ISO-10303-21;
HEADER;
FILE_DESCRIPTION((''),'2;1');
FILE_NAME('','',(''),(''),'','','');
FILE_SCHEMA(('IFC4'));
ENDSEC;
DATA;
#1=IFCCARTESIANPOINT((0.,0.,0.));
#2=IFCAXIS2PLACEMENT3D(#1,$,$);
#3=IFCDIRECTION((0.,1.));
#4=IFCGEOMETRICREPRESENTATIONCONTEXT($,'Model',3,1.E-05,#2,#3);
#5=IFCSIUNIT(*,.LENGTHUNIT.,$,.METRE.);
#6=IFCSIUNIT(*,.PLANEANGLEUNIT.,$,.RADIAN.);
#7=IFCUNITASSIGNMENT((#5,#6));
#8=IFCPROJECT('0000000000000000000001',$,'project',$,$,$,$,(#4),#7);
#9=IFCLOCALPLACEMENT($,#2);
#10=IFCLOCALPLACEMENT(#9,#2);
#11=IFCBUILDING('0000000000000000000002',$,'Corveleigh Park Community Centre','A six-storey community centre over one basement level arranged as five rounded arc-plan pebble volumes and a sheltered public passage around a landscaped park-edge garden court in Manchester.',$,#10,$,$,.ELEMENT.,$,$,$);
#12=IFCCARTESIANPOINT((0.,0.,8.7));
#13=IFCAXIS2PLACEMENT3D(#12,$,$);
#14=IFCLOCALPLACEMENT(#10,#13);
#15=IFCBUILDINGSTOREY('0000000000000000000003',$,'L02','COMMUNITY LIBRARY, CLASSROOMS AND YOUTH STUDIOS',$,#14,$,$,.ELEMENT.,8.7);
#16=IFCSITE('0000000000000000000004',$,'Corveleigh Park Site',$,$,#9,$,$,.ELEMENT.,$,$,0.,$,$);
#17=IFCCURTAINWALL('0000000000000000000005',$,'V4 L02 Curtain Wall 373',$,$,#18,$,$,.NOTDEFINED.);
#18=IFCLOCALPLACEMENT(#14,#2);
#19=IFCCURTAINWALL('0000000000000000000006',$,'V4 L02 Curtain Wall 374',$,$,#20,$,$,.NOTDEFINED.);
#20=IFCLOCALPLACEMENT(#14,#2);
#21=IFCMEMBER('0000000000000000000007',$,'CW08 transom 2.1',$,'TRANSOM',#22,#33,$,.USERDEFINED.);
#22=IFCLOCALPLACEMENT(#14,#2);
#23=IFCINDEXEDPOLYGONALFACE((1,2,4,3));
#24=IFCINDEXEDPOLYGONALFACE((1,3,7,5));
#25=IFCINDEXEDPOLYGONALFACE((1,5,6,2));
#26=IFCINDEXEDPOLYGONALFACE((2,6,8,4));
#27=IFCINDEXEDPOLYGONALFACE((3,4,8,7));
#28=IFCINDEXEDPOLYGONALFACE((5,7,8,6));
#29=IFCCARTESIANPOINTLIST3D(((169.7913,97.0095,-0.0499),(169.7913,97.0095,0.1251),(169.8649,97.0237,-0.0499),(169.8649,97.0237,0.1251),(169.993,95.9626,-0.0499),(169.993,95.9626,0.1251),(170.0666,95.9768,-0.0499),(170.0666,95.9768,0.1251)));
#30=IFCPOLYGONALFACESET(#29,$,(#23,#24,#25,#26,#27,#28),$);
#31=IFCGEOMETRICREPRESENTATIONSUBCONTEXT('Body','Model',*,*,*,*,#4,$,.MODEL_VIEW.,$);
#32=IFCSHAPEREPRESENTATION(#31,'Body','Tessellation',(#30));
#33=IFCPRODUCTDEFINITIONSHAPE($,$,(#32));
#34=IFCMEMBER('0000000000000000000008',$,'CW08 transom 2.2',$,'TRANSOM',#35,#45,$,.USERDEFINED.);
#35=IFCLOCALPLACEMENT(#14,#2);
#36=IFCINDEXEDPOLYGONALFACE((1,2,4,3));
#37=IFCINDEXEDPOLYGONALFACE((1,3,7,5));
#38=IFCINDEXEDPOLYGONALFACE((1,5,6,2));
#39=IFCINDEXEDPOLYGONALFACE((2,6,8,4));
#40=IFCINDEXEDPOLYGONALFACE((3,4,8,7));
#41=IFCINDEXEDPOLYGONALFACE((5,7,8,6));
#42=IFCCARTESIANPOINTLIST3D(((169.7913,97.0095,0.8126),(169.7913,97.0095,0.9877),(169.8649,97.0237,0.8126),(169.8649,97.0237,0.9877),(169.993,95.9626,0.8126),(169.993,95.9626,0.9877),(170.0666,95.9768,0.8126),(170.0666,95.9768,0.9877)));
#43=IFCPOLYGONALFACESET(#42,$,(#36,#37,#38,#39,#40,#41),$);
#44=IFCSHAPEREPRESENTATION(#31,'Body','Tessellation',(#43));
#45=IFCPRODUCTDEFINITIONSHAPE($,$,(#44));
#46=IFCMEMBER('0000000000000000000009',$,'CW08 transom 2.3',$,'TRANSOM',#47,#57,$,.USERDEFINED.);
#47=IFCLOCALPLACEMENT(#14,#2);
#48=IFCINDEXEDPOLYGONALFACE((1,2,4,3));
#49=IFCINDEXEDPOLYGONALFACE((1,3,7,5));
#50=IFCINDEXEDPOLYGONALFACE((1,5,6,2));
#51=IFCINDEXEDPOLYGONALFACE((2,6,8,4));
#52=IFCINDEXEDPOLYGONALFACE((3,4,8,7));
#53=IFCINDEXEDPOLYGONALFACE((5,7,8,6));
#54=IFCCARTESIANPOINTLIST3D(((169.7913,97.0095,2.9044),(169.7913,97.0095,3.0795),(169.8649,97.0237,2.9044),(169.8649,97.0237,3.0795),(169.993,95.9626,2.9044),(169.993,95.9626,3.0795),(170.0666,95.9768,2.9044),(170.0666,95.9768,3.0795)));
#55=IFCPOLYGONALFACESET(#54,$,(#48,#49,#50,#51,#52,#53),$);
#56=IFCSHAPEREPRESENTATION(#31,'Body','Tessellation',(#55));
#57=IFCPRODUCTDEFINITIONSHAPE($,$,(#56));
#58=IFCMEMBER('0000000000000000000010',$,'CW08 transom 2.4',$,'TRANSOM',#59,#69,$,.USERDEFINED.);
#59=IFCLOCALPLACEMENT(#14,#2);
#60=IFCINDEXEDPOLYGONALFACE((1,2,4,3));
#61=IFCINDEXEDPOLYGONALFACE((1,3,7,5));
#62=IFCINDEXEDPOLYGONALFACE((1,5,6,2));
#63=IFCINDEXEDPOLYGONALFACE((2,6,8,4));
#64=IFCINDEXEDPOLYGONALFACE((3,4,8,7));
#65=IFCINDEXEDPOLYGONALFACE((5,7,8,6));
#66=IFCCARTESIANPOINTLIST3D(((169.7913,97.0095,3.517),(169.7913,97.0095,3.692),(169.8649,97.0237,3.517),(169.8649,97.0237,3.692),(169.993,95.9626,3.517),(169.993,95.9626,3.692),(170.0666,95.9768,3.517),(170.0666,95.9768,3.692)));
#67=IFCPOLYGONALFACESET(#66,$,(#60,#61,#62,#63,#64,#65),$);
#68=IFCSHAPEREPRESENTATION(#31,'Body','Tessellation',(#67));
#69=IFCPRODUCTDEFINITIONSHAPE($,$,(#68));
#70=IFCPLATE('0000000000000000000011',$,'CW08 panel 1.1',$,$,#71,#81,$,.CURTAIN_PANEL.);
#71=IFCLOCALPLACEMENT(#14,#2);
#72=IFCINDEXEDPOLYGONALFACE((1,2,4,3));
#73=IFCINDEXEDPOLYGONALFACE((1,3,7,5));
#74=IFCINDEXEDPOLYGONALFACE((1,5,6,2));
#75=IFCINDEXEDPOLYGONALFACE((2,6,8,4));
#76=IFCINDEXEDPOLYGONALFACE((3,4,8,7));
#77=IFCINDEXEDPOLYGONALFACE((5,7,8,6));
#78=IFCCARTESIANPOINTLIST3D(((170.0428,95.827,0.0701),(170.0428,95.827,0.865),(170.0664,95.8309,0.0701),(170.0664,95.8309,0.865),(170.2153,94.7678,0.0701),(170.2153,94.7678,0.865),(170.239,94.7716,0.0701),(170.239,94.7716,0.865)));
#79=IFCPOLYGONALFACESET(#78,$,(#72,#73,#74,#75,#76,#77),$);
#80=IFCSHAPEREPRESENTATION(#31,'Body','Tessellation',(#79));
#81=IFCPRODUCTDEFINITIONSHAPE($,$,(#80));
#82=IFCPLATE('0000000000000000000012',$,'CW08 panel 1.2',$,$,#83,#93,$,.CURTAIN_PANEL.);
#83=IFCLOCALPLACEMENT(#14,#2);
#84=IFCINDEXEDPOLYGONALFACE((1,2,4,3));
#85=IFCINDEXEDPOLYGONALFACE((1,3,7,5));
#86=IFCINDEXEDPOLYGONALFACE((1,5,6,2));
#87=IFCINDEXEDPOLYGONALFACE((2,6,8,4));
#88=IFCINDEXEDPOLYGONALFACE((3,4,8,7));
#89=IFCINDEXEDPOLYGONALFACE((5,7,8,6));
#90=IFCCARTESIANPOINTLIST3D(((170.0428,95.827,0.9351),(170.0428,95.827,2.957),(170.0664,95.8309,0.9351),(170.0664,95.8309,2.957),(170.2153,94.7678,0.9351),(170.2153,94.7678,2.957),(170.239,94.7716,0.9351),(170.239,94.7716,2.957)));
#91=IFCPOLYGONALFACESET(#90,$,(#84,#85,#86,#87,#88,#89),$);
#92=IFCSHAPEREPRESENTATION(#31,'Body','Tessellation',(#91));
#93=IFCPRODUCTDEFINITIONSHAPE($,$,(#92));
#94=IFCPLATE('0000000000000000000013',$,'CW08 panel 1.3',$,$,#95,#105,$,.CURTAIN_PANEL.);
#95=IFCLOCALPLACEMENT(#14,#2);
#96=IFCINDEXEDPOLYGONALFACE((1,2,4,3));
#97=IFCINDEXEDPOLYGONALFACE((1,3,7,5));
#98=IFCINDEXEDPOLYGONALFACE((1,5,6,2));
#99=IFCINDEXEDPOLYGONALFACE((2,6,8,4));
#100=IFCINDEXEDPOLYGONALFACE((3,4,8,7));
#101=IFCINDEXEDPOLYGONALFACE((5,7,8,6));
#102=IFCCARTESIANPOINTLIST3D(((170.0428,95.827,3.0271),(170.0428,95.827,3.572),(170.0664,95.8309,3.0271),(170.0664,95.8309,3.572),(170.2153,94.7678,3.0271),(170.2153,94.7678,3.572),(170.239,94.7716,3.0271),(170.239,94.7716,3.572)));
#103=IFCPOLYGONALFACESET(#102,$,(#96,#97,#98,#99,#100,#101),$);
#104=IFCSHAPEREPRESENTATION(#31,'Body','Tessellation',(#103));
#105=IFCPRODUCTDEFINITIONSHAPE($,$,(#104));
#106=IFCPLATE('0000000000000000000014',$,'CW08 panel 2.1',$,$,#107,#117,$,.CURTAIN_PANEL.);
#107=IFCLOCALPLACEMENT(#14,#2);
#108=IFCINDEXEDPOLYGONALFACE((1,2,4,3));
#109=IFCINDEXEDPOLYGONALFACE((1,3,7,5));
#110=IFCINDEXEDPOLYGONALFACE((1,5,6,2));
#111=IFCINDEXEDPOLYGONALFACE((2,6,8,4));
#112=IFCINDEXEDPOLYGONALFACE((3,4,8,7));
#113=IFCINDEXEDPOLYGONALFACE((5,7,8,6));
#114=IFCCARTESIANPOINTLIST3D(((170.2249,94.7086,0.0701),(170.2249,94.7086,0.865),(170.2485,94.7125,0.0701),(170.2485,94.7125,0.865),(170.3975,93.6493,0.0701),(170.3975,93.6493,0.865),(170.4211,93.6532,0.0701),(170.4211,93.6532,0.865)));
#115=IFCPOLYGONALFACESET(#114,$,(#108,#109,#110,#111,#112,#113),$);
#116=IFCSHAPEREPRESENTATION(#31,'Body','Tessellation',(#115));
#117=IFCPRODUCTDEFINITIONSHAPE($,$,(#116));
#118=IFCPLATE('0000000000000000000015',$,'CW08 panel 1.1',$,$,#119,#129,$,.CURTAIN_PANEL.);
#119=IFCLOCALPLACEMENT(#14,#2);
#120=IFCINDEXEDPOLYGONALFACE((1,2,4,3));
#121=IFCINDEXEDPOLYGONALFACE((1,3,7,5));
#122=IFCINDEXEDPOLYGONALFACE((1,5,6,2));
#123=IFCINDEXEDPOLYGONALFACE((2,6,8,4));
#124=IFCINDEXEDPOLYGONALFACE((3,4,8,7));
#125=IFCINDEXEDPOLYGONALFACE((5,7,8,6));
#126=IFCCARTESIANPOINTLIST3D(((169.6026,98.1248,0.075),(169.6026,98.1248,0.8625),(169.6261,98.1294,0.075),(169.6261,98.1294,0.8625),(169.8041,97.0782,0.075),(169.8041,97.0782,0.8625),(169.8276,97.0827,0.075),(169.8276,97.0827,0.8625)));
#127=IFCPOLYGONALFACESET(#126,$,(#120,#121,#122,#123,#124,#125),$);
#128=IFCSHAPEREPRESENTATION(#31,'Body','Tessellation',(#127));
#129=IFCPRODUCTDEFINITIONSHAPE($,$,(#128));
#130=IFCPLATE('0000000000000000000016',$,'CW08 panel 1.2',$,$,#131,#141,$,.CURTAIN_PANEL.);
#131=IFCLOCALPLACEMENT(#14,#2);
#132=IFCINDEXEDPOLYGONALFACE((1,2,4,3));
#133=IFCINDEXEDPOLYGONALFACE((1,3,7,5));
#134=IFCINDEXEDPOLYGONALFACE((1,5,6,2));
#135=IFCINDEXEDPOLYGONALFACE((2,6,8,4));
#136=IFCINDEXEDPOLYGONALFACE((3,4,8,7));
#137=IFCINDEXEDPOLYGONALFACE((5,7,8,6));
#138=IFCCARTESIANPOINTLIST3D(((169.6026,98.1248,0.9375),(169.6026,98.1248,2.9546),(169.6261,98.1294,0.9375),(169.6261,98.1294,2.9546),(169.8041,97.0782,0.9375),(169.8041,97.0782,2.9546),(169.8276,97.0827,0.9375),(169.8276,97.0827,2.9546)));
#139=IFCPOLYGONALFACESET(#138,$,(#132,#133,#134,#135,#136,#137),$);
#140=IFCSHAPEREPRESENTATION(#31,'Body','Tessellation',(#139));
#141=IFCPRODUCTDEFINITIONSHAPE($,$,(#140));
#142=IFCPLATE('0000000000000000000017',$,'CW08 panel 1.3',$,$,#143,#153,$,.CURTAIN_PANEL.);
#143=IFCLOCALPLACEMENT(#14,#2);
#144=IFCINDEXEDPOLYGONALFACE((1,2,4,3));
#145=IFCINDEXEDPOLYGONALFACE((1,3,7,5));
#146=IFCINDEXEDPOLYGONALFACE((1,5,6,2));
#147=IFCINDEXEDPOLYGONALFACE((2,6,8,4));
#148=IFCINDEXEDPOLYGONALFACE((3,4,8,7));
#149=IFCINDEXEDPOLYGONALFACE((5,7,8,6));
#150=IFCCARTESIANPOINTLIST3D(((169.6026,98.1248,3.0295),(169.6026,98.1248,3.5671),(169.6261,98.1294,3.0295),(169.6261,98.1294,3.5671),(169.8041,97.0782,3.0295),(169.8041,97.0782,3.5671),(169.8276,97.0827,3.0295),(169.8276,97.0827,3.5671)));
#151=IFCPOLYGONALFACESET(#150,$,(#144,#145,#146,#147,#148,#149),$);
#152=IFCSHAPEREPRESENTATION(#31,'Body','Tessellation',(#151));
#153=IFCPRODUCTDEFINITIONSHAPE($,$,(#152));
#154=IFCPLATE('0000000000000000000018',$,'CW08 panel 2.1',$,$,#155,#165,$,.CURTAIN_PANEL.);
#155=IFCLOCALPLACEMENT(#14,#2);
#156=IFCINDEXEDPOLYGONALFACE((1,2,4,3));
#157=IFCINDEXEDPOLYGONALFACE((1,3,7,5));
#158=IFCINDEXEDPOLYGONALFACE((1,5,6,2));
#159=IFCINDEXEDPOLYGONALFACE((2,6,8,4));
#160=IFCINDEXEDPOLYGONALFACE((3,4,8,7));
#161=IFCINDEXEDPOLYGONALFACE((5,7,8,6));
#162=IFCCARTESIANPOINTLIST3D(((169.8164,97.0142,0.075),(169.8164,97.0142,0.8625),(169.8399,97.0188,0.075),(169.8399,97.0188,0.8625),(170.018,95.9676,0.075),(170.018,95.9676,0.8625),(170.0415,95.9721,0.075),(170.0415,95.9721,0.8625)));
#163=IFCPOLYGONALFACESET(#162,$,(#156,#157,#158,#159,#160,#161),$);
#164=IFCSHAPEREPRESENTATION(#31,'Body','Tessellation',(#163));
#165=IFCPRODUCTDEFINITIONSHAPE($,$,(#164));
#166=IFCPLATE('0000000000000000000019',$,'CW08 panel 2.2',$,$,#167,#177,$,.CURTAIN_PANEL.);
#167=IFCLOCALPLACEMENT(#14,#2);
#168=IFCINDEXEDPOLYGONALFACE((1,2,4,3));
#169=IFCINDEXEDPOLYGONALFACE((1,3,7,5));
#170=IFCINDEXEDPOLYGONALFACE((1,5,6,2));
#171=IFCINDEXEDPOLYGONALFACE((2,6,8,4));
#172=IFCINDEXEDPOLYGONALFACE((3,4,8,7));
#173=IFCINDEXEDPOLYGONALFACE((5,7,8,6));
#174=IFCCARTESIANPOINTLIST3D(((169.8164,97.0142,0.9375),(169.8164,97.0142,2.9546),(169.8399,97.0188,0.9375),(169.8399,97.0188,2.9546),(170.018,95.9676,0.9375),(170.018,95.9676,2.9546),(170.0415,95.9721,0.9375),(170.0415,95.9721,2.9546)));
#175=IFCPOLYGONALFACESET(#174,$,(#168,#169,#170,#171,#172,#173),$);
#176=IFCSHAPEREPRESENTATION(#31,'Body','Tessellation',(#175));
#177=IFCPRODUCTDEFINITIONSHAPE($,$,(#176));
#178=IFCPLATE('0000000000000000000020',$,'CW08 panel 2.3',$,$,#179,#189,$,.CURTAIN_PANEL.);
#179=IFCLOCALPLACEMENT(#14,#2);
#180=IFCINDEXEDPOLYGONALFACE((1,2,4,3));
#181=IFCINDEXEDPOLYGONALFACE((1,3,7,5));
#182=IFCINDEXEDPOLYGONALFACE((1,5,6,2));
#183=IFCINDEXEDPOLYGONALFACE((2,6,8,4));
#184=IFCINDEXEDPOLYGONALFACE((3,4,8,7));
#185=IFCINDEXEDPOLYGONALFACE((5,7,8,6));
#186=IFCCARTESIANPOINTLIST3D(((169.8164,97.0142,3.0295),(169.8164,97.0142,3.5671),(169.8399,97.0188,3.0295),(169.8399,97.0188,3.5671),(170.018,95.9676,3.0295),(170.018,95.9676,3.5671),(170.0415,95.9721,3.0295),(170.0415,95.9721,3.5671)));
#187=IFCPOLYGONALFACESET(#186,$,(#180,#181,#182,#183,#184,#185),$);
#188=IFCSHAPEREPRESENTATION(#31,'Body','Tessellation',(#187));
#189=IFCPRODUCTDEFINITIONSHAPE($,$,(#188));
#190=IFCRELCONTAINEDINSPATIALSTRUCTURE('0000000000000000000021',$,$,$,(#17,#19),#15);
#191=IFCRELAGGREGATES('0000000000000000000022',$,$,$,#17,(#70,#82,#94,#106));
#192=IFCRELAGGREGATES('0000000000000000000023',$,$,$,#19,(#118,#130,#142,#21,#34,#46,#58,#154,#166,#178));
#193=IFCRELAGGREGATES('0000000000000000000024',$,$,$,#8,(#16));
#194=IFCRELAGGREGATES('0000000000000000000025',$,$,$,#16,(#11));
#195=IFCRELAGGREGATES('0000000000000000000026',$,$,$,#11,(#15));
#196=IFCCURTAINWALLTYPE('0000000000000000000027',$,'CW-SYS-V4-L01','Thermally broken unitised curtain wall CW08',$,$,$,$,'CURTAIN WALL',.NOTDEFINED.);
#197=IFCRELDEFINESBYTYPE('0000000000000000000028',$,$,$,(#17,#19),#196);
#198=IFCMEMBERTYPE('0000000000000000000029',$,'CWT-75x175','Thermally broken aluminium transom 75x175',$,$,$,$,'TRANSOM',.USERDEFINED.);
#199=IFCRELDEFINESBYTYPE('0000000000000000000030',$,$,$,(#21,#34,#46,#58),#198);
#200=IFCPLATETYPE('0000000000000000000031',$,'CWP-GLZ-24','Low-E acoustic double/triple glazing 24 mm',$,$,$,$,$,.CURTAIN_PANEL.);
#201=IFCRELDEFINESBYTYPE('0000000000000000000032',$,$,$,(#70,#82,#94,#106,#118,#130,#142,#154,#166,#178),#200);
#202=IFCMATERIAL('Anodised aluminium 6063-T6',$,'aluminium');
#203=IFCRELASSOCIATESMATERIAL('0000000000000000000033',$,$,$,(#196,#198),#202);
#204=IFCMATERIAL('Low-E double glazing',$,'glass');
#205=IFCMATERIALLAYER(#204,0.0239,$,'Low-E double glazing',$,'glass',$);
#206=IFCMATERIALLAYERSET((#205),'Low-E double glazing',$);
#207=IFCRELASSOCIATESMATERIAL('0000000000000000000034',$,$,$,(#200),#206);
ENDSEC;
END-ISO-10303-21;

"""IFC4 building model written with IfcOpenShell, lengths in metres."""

from ifc_helpers import new_model, si_unit, direction, frame, origin, origin_2d, place, context, subcontext, project, spatial, rectangle, extrude, material, layer, layer_set, material_profile, profile_set, type_object, element, aggregate, save


model = new_model("IFC4")

# Units and contexts
model_context = context("Model", 3, precision=1e-05, world=origin(), true_north=direction((0.0, 1.0)))
body_context = subcontext(model_context, "Body", "Model", "MODEL_VIEW")
ifc_project = project(units=[si_unit("LENGTHUNIT", "METRE"), si_unit("PLANEANGLEUNIT", "RADIAN")], contexts=[model_context])

# Site, building, storey
site_placement = place(None, origin())
site = spatial("IfcSite", under=ifc_project, at=site_placement, Name="Corveleigh Park Site", CompositionType="ELEMENT", RefElevation=0.0)
building_placement = place(site_placement, origin())
building = spatial("IfcBuilding", under=site, at=building_placement, Name="Corveleigh Park Community Centre", Description="A six-storey community centre over one basement level arranged as five rounded arc-plan pebble volumes and a sheltered public passage around a landscaped park-edge garden court in Manchester.", CompositionType="ELEMENT")
storey_placement = place(building_placement, frame((0.0, 0.0, 8.7)))
storey = spatial("IfcBuildingStorey", under=building, at=storey_placement, Name="L02", Description="COMMUNITY LIBRARY, CLASSROOMS AND YOUTH STUDIOS", CompositionType="ELEMENT", Elevation=8.7)

# Curtain walls
ifc_material_1 = material(Name="Anodised aluminium 6063-T6", Category="aluminium")
curtain_wall_type = type_object("IfcCurtainWallType", Name="CW-SYS-V4-L01", Description="Thermally broken unitised curtain wall CW08", ElementType="CURTAIN WALL", PredefinedType="NOTDEFINED", material=ifc_material_1)
curtain_wall_1_placement = place(storey_placement, origin())
curtain_wall_1 = element("IfcCurtainWall", 1, at=curtain_wall_1_placement, inside=storey, type_object=curtain_wall_type, Name="V4 L02 Curtain Wall 373", PredefinedType="NOTDEFINED")
curtain_wall_2_placement = place(storey_placement, origin())
curtain_wall_2 = element("IfcCurtainWall", 2, at=curtain_wall_2_placement, inside=storey, type_object=curtain_wall_type, Name="V4 L02 Curtain Wall 374", PredefinedType="NOTDEFINED")

# Members
ifc_material_profile_1 = material_profile(ifc_material_1, rectangle(XDim=0.075, YDim=0.175, at=origin_2d()), Name="ALU-T75x175", Category="aluminium")
ifc_profile_set_1 = profile_set([ifc_material_profile_1], Name="Anodised aluminium 6063-T6")
member_type_1 = type_object("IfcMemberType", Name="CWT-75x175", Description="Thermally broken aluminium transom 75x175", ElementType="TRANSOM", PredefinedType="USERDEFINED", material=ifc_profile_set_1)
member_1_placement = place(storey_placement, frame((169.8281, 97.0166, 0.0376), z_axis=(0.189153, -0.981948, 0.0), x_axis=(0.981948, 0.189153, 0.0)))
member_1 = element("IfcMember", 3, at=member_1_placement, type_object=member_type_1, Name="CW08 transom 2.1", ObjectType="TRANSOM", PredefinedType="USERDEFINED", context=body_context, shape_type="SweptSolid", body=[
    extrude(rectangle(XDim=0.075, YDim=0.175, at=origin_2d()), origin(), (0.0, 0.0, 1.0), 1.0662),
])
member_2_placement = place(storey_placement, frame((169.8281, 97.0166, 0.9001), z_axis=(0.189153, -0.981948, 0.0), x_axis=(0.981948, 0.189153, 0.0)))
member_2 = element("IfcMember", 4, at=member_2_placement, type_object=member_type_1, Name="CW08 transom 2.2", ObjectType="TRANSOM", PredefinedType="USERDEFINED", context=body_context, shape_type="SweptSolid", body=[
    extrude(rectangle(XDim=0.075, YDim=0.175, at=origin_2d()), origin(), (0.0, 0.0, 1.0), 1.0662),
])
member_3_placement = place(storey_placement, frame((169.8281, 97.0166, 2.9919), z_axis=(0.189153, -0.981948, 0.0), x_axis=(0.981948, 0.189153, 0.0)))
member_3 = element("IfcMember", 5, at=member_3_placement, type_object=member_type_1, Name="CW08 transom 2.3", ObjectType="TRANSOM", PredefinedType="USERDEFINED", context=body_context, shape_type="SweptSolid", body=[
    extrude(rectangle(XDim=0.075, YDim=0.175, at=origin_2d()), origin(), (0.0, 0.0, 1.0), 1.0662),
])
member_4_placement = place(storey_placement, frame((169.8281, 97.0166, 3.6045), z_axis=(0.189153, -0.981948, 0.0), x_axis=(0.981948, 0.189153, 0.0)))
member_4 = element("IfcMember", 6, at=member_4_placement, type_object=member_type_1, Name="CW08 transom 2.4", ObjectType="TRANSOM", PredefinedType="USERDEFINED", context=body_context, shape_type="SweptSolid", body=[
    extrude(rectangle(XDim=0.075, YDim=0.175, at=origin_2d()), origin(), (0.0, 0.0, 1.0), 1.0662),
])

# Plates
ifc_material_2 = material(Name="Low-E double glazing", Category="glass")
ifc_layer = layer(ifc_material_2, 0.0239, Name="Low-E double glazing", Category="glass")
ifc_layer_set = layer_set([ifc_layer], Name="Low-E double glazing")
plate_type = type_object("IfcPlateType", Name="CWP-GLZ-24", Description="Low-E acoustic double/triple glazing 24 mm", PredefinedType="CURTAIN_PANEL", material=ifc_layer_set)
plate_1_placement = place(storey_placement, frame((170.1409, 95.2993, 0.0701), z_axis=(0.0, 0.0, 1.0), x_axis=(0.160773, -0.986991, 0.0)))
plate_1 = element("IfcPlate", 7, at=plate_1_placement, type_object=plate_type, Name="CW08 panel 1.1", PredefinedType="CURTAIN_PANEL", context=body_context, shape_type="SweptSolid", body=[
    extrude(rectangle(XDim=1.0732, YDim=0.0239, at=origin_2d()), origin(), (0.0, 0.0, 1.0), 0.7949),
])
plate_2_placement = place(storey_placement, frame((170.1409, 95.2993, 0.9351), z_axis=(0.0, 0.0, 1.0), x_axis=(0.160773, -0.986991, 0.0)))
plate_2 = element("IfcPlate", 8, at=plate_2_placement, type_object=plate_type, Name="CW08 panel 1.2", PredefinedType="CURTAIN_PANEL", context=body_context, shape_type="SweptSolid", body=[
    extrude(rectangle(XDim=1.0732, YDim=0.0239, at=origin_2d()), origin(), (0.0, 0.0, 1.0), 2.022),
])
plate_3_placement = place(storey_placement, frame((170.1409, 95.2993, 3.0271), z_axis=(0.0, 0.0, 1.0), x_axis=(0.160773, -0.986991, 0.0)))
plate_3 = element("IfcPlate", 9, at=plate_3_placement, type_object=plate_type, Name="CW08 panel 1.3", PredefinedType="CURTAIN_PANEL", context=body_context, shape_type="SweptSolid", body=[
    extrude(rectangle(XDim=1.0732, YDim=0.0239, at=origin_2d()), origin(), (0.0, 0.0, 1.0), 0.5449),
])
plate_4_placement = place(storey_placement, frame((170.323, 94.1809, 0.0701), z_axis=(0.0, 0.0, 1.0), x_axis=(0.160773, -0.986991, 0.0)))
plate_4 = element("IfcPlate", 10, at=plate_4_placement, type_object=plate_type, Name="CW08 panel 2.1", PredefinedType="CURTAIN_PANEL", context=body_context, shape_type="SweptSolid", body=[
    extrude(rectangle(XDim=1.0732, YDim=0.0239, at=origin_2d()), origin(), (0.0, 0.0, 1.0), 0.7949),
])
aggregate(curtain_wall_1, [plate_1, plate_2, plate_3, plate_4])
plate_5_placement = place(storey_placement, frame((169.7151, 97.6038, 0.075), z_axis=(0.0, 0.0, 1.0), x_axis=(0.189086, -0.98196, 0.0)))
plate_5 = element("IfcPlate", 11, at=plate_5_placement, type_object=plate_type, Name="CW08 panel 1.1", PredefinedType="CURTAIN_PANEL", context=body_context, shape_type="SweptSolid", body=[
    extrude(rectangle(XDim=1.0659, YDim=0.0239, at=origin_2d()), origin(), (0.0, 0.0, 1.0), 0.7876),
])
plate_6_placement = place(storey_placement, frame((169.7151, 97.6038, 0.9375), z_axis=(0.0, 0.0, 1.0), x_axis=(0.189086, -0.98196, 0.0)))
plate_6 = element("IfcPlate", 12, at=plate_6_placement, type_object=plate_type, Name="CW08 panel 1.2", PredefinedType="CURTAIN_PANEL", context=body_context, shape_type="SweptSolid", body=[
    extrude(rectangle(XDim=1.0659, YDim=0.0239, at=origin_2d()), origin(), (0.0, 0.0, 1.0), 2.0171),
])
plate_7_placement = place(storey_placement, frame((169.7151, 97.6038, 3.0295), z_axis=(0.0, 0.0, 1.0), x_axis=(0.189086, -0.98196, 0.0)))
plate_7 = element("IfcPlate", 13, at=plate_7_placement, type_object=plate_type, Name="CW08 panel 1.3", PredefinedType="CURTAIN_PANEL", context=body_context, shape_type="SweptSolid", body=[
    extrude(rectangle(XDim=1.0659, YDim=0.0239, at=origin_2d()), origin(), (0.0, 0.0, 1.0), 0.5376),
])
plate_8_placement = place(storey_placement, frame((169.929, 96.4932, 0.075), z_axis=(0.0, 0.0, 1.0), x_axis=(0.189086, -0.98196, 0.0)))
plate_8 = element("IfcPlate", 14, at=plate_8_placement, type_object=plate_type, Name="CW08 panel 2.1", PredefinedType="CURTAIN_PANEL", context=body_context, shape_type="SweptSolid", body=[
    extrude(rectangle(XDim=1.0659, YDim=0.0239, at=origin_2d()), origin(), (0.0, 0.0, 1.0), 0.7876),
])
plate_9_placement = place(storey_placement, frame((169.929, 96.4932, 0.9375), z_axis=(0.0, 0.0, 1.0), x_axis=(0.189086, -0.98196, 0.0)))
plate_9 = element("IfcPlate", 15, at=plate_9_placement, type_object=plate_type, Name="CW08 panel 2.2", PredefinedType="CURTAIN_PANEL", context=body_context, shape_type="SweptSolid", body=[
    extrude(rectangle(XDim=1.0659, YDim=0.0239, at=origin_2d()), origin(), (0.0, 0.0, 1.0), 2.0171),
])
plate_10_placement = place(storey_placement, frame((169.929, 96.4932, 3.0295), z_axis=(0.0, 0.0, 1.0), x_axis=(0.189086, -0.98196, 0.0)))
plate_10 = element("IfcPlate", 16, at=plate_10_placement, type_object=plate_type, Name="CW08 panel 2.3", PredefinedType="CURTAIN_PANEL", context=body_context, shape_type="SweptSolid", body=[
    extrude(rectangle(XDim=1.0659, YDim=0.0239, at=origin_2d()), origin(), (0.0, 0.0, 1.0), 0.5376),
])
aggregate(curtain_wall_2, [plate_5, plate_6, plate_7, member_1, member_2, member_3, member_4, plate_8, plate_9, plate_10])

save(model, "model.ifc")
